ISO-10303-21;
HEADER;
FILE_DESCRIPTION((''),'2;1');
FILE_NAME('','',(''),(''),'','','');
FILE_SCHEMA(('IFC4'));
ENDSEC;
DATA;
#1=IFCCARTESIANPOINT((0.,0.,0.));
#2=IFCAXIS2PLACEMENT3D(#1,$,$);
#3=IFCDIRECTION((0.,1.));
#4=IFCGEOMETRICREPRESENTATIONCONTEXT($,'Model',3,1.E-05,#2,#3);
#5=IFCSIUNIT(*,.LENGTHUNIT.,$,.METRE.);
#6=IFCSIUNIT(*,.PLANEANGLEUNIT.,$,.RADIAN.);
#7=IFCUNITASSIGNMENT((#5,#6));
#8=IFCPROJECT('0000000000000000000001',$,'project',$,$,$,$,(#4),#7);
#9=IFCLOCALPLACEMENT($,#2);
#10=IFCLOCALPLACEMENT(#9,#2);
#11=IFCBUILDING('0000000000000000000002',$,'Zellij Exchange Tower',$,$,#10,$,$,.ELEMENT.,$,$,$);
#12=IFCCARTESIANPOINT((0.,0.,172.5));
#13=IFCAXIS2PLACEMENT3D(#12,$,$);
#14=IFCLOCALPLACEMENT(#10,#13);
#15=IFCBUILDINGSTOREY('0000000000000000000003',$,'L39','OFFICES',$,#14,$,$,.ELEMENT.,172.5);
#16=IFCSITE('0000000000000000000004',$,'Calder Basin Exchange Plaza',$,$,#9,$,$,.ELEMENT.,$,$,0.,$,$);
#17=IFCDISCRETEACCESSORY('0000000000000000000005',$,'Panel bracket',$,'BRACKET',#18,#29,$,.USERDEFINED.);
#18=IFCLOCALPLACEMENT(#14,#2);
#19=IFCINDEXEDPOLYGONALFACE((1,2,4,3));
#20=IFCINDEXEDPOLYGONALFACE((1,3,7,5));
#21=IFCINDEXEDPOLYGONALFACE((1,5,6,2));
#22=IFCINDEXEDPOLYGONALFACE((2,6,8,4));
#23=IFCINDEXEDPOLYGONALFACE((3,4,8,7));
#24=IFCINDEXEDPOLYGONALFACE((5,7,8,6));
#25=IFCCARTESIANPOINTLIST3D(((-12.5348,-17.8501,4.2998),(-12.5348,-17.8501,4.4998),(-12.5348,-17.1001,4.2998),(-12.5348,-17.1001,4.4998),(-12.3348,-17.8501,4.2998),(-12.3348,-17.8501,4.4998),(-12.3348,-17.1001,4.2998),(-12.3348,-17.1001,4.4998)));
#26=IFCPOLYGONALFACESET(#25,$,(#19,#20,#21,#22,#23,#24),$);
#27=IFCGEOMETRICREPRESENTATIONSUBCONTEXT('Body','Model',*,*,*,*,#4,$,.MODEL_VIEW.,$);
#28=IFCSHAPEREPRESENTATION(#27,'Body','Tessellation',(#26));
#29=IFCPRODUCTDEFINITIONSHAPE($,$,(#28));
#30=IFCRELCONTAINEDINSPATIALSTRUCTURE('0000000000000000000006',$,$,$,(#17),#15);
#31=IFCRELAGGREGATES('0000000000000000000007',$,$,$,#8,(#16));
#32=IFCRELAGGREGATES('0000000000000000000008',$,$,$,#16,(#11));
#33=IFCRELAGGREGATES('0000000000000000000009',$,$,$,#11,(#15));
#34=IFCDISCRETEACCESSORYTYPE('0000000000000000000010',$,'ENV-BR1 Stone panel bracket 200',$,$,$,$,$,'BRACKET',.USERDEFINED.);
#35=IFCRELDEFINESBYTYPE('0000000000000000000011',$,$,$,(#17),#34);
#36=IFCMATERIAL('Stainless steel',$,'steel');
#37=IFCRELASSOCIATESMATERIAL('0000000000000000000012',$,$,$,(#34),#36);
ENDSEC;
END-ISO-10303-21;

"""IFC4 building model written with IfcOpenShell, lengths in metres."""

from ifc_helpers import new_model, si_unit, direction, frame, origin, origin_2d, place, context, subcontext, project, spatial, rectangle, extrude, material, type_object, element, save


model = new_model("IFC4")

# Units and contexts
model_context = context("Model", 3, precision=1e-05, world=origin(), true_north=direction((0.0, 1.0)))
body_context = subcontext(model_context, "Body", "Model", "MODEL_VIEW")
ifc_project = project(units=[si_unit("LENGTHUNIT", "METRE"), si_unit("PLANEANGLEUNIT", "RADIAN")], contexts=[model_context])

# Site, building, storey
site_placement = place(None, origin())
site = spatial("IfcSite", under=ifc_project, at=site_placement, Name="Calder Basin Exchange Plaza", CompositionType="ELEMENT", RefElevation=0.0)
building_placement = place(site_placement, origin())
building = spatial("IfcBuilding", under=site, at=building_placement, Name="Zellij Exchange Tower", CompositionType="ELEMENT")
storey_placement = place(building_placement, frame((0.0, 0.0, 172.5)))
storey = spatial("IfcBuildingStorey", under=building, at=storey_placement, Name="L39", Description="OFFICES", CompositionType="ELEMENT", Elevation=172.5)

# Discrete accessory
ifc_material_1 = material(Name="Stainless steel", Category="steel")
discrete_accessory_type = type_object("IfcDiscreteAccessoryType", Name="ENV-BR1 Stone panel bracket 200", ElementType="BRACKET", PredefinedType="USERDEFINED", material=ifc_material_1)
for number, where, z_axis, x_axis, name in (
    (1, (-12.4348, -17.4751, 4.2998), (0.0, 0.0, 1.0), (1.0, 0.0, 0.0), "Panel bracket"),
):
    element("IfcDiscreteAccessory", number, at=place(storey_placement, frame(where, z_axis=z_axis, x_axis=x_axis)), inside=storey, type_object=discrete_accessory_type, Name=name, ObjectType="BRACKET", PredefinedType="USERDEFINED", context=body_context, shape_type="SweptSolid", body=[
        extrude(rectangle(XDim=0.2, YDim=0.75, at=origin_2d()), origin(), (0.0, 0.0, 1.0), 0.2),
    ])

save(model, "model.ifc")
